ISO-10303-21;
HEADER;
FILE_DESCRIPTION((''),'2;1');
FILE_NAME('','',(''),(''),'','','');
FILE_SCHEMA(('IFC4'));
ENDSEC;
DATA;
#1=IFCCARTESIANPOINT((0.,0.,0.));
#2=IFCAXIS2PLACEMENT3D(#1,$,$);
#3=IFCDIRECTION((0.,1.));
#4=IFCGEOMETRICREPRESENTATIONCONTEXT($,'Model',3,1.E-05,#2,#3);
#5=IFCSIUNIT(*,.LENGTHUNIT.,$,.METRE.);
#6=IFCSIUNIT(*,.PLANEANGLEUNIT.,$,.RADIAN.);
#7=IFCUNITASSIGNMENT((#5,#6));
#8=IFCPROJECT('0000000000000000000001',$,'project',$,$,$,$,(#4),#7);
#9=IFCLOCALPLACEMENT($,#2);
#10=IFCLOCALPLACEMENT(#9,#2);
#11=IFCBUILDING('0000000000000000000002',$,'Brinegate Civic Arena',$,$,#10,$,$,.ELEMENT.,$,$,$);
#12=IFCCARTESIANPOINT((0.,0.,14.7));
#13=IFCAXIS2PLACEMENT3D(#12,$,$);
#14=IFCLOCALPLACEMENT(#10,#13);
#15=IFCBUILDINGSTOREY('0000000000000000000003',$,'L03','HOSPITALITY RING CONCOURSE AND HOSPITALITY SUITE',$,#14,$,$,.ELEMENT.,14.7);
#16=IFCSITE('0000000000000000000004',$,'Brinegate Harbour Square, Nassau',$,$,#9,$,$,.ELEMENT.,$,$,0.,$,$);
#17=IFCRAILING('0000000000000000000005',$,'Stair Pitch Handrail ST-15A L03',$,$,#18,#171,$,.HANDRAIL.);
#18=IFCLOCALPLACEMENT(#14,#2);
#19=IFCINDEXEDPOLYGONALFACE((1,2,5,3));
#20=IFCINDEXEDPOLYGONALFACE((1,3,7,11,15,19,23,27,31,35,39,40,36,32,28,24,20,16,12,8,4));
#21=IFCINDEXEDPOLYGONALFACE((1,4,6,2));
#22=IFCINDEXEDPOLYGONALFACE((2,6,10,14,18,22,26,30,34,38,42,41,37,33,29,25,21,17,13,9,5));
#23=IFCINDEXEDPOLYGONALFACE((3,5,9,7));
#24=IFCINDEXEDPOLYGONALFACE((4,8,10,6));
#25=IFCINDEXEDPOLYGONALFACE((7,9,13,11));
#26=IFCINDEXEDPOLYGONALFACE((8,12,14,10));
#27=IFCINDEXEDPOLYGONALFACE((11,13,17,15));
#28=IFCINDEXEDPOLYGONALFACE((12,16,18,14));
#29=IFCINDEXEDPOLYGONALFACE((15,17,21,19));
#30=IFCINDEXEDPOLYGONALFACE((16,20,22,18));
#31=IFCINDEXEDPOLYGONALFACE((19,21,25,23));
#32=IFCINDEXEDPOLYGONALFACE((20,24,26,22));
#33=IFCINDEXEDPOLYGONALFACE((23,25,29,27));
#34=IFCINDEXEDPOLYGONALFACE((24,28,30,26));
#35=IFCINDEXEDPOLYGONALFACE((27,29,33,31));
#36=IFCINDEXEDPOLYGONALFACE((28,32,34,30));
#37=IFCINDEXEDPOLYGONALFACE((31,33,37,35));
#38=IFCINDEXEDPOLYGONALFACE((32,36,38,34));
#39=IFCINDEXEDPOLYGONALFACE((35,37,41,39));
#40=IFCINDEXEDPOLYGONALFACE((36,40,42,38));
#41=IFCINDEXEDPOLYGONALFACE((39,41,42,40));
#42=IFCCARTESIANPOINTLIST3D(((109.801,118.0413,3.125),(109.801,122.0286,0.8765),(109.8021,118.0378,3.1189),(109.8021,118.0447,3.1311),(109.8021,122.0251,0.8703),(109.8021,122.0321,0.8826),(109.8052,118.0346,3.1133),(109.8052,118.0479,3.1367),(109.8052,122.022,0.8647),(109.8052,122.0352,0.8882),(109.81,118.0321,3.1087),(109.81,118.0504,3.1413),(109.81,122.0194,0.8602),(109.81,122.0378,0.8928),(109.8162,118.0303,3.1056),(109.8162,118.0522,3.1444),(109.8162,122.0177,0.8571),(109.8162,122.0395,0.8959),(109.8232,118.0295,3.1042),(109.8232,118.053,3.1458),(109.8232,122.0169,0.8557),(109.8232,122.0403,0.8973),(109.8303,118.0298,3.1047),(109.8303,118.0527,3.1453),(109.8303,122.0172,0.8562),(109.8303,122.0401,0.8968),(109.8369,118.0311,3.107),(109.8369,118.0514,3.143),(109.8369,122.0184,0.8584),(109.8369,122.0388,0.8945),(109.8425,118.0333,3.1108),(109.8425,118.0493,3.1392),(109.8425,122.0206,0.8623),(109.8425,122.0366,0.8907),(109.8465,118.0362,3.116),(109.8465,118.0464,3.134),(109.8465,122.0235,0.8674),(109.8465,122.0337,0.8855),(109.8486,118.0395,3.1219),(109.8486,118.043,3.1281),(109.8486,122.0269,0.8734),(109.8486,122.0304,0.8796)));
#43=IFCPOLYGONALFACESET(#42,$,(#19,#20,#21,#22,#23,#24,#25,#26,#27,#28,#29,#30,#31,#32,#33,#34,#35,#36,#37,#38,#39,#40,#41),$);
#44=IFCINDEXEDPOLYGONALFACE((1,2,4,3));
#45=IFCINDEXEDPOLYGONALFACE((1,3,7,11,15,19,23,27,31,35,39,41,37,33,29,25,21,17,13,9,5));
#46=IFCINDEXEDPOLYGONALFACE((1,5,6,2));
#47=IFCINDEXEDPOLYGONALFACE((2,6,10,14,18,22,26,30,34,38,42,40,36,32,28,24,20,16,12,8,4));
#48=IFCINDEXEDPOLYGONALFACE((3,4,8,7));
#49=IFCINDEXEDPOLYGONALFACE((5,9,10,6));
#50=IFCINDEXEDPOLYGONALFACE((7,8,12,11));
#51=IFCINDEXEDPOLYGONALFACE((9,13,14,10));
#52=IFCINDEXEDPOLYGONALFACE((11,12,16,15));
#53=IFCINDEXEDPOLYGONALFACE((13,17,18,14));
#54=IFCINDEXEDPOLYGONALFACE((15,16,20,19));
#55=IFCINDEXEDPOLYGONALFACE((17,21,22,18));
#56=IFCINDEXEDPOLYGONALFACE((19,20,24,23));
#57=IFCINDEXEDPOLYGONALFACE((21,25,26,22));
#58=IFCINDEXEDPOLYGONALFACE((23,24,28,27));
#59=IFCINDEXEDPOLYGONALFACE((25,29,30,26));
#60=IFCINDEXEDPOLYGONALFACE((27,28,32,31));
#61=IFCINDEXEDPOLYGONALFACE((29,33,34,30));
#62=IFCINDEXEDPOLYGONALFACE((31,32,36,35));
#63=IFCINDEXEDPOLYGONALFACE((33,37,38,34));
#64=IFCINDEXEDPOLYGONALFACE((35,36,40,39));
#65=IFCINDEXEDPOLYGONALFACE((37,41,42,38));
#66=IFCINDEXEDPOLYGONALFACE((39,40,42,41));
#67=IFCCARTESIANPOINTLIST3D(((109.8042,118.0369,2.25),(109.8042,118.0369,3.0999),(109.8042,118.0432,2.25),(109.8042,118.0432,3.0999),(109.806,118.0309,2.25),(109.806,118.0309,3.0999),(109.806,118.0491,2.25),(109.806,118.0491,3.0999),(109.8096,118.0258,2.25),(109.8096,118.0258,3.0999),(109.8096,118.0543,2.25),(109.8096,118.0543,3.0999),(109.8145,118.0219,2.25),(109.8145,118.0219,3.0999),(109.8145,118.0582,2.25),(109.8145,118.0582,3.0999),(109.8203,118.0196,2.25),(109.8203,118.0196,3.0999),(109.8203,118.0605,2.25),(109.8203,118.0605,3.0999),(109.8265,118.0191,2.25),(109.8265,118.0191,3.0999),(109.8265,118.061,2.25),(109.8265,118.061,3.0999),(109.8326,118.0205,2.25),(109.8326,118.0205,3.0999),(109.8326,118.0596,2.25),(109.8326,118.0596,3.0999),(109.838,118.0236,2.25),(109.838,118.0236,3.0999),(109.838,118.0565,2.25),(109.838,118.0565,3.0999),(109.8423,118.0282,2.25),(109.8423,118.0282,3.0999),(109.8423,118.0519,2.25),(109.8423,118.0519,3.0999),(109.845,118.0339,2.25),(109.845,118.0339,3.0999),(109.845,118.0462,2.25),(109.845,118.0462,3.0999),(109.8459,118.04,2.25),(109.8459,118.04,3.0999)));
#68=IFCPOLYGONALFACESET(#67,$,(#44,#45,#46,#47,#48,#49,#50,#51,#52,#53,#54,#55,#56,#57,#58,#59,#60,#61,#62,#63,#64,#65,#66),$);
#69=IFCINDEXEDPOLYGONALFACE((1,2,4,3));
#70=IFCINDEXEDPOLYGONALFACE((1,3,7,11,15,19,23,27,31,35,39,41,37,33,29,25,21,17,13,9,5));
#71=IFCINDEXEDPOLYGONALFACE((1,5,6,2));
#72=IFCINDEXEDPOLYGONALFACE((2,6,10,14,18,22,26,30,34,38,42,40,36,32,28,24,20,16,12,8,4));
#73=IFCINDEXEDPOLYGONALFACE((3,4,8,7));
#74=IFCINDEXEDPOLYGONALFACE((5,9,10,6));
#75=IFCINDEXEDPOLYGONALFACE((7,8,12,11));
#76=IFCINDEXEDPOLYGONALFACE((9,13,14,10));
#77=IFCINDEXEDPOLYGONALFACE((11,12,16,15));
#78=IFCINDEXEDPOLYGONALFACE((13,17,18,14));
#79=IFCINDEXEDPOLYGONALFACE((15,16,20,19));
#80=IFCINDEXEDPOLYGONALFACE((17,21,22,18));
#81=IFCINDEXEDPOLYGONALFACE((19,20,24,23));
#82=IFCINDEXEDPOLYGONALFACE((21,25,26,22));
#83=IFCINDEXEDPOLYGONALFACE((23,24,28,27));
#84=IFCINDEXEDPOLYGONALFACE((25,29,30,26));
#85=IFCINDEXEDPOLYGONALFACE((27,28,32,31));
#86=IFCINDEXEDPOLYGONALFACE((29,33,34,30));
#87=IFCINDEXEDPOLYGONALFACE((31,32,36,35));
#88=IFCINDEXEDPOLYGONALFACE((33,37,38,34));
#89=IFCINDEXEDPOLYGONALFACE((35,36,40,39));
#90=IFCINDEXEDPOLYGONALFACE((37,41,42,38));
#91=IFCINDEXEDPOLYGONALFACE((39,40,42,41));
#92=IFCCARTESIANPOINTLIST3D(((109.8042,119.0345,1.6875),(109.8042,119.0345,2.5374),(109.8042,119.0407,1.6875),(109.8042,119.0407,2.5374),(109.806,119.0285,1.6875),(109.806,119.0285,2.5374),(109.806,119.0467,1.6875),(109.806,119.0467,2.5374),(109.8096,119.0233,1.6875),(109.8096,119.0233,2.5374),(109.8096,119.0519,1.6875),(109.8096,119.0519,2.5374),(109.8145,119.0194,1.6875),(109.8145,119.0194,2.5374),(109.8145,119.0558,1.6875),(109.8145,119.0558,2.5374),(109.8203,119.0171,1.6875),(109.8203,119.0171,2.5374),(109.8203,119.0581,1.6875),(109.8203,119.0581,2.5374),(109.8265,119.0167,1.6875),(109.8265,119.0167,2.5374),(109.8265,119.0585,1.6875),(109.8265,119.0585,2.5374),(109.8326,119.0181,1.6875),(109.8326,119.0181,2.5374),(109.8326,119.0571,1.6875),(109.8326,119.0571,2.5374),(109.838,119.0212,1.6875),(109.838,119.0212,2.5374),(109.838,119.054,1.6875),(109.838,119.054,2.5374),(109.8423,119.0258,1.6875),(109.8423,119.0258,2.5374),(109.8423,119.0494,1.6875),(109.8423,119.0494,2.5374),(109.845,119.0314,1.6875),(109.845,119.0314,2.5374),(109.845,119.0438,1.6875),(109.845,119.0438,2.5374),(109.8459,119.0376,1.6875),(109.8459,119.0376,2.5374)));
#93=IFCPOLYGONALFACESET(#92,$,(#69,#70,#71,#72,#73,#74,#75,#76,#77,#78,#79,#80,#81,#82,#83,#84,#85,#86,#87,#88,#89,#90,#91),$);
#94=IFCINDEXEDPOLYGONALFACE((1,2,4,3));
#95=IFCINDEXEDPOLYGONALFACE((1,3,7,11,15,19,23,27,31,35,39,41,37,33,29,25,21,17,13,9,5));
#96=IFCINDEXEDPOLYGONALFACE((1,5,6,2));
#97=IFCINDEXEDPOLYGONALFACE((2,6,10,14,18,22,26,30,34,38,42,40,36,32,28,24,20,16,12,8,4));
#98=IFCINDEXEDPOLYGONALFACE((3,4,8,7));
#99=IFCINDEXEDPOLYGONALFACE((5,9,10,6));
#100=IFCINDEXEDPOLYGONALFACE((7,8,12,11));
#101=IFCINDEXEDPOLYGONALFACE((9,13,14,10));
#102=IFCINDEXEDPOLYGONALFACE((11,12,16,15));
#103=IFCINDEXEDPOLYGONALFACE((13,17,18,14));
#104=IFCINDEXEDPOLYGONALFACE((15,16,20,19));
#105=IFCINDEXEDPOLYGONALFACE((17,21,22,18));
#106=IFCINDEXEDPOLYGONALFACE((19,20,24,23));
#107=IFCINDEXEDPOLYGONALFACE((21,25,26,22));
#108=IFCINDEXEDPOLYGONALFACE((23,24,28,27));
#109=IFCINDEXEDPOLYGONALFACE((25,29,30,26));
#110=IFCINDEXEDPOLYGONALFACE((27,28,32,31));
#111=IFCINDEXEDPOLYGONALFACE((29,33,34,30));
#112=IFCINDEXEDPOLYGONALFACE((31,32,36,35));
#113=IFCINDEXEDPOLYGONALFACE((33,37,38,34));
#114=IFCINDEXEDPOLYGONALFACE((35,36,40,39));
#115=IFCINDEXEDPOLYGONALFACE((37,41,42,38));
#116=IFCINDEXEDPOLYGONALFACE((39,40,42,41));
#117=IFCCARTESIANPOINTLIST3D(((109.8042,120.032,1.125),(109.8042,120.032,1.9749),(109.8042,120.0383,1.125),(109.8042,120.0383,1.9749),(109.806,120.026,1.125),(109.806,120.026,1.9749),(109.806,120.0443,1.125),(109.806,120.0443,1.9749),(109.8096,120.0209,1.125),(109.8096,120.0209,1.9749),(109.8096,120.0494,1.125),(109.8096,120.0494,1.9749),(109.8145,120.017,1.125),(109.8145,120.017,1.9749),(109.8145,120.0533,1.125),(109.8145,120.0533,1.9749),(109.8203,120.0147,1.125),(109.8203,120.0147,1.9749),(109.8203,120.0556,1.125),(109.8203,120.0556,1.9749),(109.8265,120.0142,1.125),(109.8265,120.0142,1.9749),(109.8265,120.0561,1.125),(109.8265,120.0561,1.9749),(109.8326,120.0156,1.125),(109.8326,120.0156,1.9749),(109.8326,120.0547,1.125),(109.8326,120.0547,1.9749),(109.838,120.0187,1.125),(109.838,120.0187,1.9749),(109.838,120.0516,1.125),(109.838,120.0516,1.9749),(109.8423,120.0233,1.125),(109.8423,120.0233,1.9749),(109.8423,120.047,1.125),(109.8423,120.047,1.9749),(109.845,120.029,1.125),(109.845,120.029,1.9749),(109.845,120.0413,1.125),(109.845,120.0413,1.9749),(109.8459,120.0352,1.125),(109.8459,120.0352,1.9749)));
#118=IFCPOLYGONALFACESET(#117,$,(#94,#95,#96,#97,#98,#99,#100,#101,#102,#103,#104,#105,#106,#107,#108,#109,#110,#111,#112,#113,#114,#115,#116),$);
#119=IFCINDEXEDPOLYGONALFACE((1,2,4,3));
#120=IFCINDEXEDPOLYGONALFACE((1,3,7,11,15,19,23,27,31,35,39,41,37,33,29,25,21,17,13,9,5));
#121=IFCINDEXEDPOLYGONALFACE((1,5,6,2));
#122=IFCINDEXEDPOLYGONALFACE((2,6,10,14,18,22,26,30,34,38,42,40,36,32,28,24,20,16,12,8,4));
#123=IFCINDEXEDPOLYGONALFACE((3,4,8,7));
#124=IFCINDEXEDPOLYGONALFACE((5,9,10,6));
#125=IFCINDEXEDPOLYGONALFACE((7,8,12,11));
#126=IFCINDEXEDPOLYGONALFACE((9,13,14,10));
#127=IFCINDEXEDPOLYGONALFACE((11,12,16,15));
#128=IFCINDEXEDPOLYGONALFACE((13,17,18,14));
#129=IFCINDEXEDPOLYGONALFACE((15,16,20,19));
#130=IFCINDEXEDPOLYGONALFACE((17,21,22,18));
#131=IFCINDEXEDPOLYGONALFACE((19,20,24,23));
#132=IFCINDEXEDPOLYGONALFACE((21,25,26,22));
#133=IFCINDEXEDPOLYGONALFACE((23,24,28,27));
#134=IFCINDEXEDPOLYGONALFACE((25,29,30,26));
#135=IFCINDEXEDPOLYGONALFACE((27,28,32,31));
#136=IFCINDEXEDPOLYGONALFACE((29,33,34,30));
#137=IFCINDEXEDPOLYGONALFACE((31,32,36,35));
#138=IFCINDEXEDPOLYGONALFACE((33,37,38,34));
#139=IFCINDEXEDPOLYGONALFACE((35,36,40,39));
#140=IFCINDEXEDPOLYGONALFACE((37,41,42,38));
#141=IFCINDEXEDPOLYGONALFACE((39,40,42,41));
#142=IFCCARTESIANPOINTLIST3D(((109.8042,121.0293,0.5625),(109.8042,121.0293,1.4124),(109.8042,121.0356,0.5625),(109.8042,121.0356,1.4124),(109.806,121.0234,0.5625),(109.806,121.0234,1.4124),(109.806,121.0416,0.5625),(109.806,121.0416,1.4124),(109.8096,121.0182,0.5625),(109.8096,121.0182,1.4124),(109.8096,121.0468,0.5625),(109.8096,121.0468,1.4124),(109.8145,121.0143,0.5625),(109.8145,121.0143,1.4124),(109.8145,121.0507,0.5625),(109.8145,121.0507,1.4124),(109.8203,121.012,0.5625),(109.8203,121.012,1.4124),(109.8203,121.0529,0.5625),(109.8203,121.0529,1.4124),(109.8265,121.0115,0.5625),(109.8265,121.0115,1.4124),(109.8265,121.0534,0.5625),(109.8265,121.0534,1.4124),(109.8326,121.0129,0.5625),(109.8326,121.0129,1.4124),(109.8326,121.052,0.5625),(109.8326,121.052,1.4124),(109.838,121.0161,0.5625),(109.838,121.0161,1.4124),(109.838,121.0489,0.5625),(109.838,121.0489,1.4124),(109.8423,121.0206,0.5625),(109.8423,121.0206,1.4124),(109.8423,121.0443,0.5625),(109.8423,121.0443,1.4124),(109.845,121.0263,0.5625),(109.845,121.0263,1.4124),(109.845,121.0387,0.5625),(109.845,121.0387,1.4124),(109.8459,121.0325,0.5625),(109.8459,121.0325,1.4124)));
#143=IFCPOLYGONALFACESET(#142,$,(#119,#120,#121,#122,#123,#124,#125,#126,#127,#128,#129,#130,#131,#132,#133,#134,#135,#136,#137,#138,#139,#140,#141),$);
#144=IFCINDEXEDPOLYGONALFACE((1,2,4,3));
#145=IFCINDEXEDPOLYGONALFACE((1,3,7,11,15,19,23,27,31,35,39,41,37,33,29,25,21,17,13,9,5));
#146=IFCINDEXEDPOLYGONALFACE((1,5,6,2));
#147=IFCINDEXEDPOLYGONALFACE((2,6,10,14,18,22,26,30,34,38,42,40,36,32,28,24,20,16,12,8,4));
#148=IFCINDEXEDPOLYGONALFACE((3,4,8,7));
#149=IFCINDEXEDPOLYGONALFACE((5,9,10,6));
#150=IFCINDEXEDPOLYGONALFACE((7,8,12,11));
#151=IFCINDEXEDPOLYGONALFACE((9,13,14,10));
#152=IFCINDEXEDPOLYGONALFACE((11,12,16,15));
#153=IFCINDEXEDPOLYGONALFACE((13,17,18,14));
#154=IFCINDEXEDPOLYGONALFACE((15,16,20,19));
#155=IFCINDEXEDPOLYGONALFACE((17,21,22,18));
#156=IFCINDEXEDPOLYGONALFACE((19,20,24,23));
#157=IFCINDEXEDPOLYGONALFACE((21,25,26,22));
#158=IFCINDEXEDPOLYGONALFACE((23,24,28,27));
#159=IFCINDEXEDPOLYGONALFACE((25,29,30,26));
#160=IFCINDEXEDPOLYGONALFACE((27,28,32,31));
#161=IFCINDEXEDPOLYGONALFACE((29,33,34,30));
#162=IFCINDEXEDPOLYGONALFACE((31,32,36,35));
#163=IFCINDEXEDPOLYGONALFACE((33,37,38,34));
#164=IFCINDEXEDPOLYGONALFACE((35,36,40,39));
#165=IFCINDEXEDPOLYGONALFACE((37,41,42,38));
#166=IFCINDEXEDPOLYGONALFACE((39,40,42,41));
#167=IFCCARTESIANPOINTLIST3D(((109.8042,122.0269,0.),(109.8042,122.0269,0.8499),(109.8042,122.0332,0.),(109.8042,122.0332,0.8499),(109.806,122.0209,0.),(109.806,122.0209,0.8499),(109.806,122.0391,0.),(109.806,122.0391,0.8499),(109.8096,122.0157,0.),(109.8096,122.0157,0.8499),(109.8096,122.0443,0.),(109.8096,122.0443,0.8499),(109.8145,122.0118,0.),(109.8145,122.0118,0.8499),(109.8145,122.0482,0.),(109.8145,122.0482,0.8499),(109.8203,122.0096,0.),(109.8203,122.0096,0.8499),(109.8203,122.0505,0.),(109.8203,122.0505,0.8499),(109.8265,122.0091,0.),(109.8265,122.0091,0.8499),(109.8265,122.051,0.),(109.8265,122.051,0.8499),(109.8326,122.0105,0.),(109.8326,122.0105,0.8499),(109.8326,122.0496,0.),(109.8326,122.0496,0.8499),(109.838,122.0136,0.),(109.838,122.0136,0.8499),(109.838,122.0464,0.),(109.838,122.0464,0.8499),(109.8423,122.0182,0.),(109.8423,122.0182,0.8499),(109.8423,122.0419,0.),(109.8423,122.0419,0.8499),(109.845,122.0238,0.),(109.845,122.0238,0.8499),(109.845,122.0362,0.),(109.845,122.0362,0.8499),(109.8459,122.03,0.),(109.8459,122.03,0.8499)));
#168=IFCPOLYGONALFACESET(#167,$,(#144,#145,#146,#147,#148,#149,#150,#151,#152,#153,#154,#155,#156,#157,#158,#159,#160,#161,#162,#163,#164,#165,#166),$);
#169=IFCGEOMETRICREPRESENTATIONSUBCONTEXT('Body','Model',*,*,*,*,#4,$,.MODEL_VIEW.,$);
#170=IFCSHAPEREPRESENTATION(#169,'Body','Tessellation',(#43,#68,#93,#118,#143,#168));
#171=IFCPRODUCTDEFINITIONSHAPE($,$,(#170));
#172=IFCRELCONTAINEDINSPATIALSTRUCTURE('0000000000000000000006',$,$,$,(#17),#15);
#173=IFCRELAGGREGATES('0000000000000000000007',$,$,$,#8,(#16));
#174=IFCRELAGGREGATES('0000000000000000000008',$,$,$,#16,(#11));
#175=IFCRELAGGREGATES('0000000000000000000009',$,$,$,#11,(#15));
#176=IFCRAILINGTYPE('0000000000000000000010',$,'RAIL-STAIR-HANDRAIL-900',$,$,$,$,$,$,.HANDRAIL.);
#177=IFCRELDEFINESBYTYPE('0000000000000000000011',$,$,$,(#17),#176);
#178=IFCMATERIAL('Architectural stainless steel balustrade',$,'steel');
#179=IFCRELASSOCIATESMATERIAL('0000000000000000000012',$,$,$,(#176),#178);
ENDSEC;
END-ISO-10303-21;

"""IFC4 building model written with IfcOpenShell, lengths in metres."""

from ifc_helpers import new_model, si_unit, direction, frame, origin, origin_2d, place, context, subcontext, project, spatial, circle, extrude, material, type_object, element, save


model = new_model("IFC4")

# Units and contexts
model_context = context("Model", 3, precision=1e-05, world=origin(), true_north=direction((0.0, 1.0)))
body_context = subcontext(model_context, "Body", "Model", "MODEL_VIEW")
ifc_project = project(units=[si_unit("LENGTHUNIT", "METRE"), si_unit("PLANEANGLEUNIT", "RADIAN")], contexts=[model_context])

# Site, building, storey
site_placement = place(None, origin())
site = spatial("IfcSite", under=ifc_project, at=site_placement, Name="Brinegate Harbour Square, Nassau", CompositionType="ELEMENT", RefElevation=0.0)
building_placement = place(site_placement, origin())
building = spatial("IfcBuilding", under=site, at=building_placement, Name="Brinegate Civic Arena", CompositionType="ELEMENT")
storey_placement = place(building_placement, frame((0.0, 0.0, 14.7)))
storey = spatial("IfcBuildingStorey", under=building, at=storey_placement, Name="L03", Description="HOSPITALITY RING CONCOURSE AND HOSPITALITY SUITE", CompositionType="ELEMENT", Elevation=14.7)

# Railing
ifc_material_1 = material(Name="Architectural stainless steel balustrade", Category="steel")
railing_type_1 = type_object("IfcRailingType", Name="RAIL-STAIR-HANDRAIL-900", PredefinedType="HANDRAIL", material=ifc_material_1)
for number, where, name in (
    (1, (109.825, 118.04, 2.25), "Stair Pitch Handrail ST-15A L03"),
):
    element("IfcRailing", number, at=place(storey_placement, frame(where)), inside=storey, type_object=railing_type_1, Name=name, PredefinedType="HANDRAIL", context=body_context, shape_type="SweptSolid", body=[
        extrude(circle(Radius=0.0239, at=origin_2d()), frame((0.0, 0.0012, 0.875), z_axis=(0.0, 0.87105, -0.491195), x_axis=(-1.0, 0.0, 0.0)), (0.0, 0.0, 1.0), 4.5776),
        extrude(circle(Radius=0.021, at=origin_2d()), origin(), (0.0, 0.0, 1.0), 0.8499),
        extrude(circle(Radius=0.021, at=origin_2d()), frame((0.0, 0.9976, -0.5625)), (0.0, 0.0, 1.0), 0.8499),
        extrude(circle(Radius=0.021, at=origin_2d()), frame((0.0, 1.9951, -1.125)), (0.0, 0.0, 1.0), 0.8499),
        extrude(circle(Radius=0.021, at=origin_2d()), frame((0.0, 2.9924, -1.6875)), (0.0, 0.0, 1.0), 0.8499),
        extrude(circle(Radius=0.021, at=origin_2d()), frame((0.0, 3.99, -2.25)), (0.0, 0.0, 1.0), 0.8499),
    ])

save(model, "model.ifc")
